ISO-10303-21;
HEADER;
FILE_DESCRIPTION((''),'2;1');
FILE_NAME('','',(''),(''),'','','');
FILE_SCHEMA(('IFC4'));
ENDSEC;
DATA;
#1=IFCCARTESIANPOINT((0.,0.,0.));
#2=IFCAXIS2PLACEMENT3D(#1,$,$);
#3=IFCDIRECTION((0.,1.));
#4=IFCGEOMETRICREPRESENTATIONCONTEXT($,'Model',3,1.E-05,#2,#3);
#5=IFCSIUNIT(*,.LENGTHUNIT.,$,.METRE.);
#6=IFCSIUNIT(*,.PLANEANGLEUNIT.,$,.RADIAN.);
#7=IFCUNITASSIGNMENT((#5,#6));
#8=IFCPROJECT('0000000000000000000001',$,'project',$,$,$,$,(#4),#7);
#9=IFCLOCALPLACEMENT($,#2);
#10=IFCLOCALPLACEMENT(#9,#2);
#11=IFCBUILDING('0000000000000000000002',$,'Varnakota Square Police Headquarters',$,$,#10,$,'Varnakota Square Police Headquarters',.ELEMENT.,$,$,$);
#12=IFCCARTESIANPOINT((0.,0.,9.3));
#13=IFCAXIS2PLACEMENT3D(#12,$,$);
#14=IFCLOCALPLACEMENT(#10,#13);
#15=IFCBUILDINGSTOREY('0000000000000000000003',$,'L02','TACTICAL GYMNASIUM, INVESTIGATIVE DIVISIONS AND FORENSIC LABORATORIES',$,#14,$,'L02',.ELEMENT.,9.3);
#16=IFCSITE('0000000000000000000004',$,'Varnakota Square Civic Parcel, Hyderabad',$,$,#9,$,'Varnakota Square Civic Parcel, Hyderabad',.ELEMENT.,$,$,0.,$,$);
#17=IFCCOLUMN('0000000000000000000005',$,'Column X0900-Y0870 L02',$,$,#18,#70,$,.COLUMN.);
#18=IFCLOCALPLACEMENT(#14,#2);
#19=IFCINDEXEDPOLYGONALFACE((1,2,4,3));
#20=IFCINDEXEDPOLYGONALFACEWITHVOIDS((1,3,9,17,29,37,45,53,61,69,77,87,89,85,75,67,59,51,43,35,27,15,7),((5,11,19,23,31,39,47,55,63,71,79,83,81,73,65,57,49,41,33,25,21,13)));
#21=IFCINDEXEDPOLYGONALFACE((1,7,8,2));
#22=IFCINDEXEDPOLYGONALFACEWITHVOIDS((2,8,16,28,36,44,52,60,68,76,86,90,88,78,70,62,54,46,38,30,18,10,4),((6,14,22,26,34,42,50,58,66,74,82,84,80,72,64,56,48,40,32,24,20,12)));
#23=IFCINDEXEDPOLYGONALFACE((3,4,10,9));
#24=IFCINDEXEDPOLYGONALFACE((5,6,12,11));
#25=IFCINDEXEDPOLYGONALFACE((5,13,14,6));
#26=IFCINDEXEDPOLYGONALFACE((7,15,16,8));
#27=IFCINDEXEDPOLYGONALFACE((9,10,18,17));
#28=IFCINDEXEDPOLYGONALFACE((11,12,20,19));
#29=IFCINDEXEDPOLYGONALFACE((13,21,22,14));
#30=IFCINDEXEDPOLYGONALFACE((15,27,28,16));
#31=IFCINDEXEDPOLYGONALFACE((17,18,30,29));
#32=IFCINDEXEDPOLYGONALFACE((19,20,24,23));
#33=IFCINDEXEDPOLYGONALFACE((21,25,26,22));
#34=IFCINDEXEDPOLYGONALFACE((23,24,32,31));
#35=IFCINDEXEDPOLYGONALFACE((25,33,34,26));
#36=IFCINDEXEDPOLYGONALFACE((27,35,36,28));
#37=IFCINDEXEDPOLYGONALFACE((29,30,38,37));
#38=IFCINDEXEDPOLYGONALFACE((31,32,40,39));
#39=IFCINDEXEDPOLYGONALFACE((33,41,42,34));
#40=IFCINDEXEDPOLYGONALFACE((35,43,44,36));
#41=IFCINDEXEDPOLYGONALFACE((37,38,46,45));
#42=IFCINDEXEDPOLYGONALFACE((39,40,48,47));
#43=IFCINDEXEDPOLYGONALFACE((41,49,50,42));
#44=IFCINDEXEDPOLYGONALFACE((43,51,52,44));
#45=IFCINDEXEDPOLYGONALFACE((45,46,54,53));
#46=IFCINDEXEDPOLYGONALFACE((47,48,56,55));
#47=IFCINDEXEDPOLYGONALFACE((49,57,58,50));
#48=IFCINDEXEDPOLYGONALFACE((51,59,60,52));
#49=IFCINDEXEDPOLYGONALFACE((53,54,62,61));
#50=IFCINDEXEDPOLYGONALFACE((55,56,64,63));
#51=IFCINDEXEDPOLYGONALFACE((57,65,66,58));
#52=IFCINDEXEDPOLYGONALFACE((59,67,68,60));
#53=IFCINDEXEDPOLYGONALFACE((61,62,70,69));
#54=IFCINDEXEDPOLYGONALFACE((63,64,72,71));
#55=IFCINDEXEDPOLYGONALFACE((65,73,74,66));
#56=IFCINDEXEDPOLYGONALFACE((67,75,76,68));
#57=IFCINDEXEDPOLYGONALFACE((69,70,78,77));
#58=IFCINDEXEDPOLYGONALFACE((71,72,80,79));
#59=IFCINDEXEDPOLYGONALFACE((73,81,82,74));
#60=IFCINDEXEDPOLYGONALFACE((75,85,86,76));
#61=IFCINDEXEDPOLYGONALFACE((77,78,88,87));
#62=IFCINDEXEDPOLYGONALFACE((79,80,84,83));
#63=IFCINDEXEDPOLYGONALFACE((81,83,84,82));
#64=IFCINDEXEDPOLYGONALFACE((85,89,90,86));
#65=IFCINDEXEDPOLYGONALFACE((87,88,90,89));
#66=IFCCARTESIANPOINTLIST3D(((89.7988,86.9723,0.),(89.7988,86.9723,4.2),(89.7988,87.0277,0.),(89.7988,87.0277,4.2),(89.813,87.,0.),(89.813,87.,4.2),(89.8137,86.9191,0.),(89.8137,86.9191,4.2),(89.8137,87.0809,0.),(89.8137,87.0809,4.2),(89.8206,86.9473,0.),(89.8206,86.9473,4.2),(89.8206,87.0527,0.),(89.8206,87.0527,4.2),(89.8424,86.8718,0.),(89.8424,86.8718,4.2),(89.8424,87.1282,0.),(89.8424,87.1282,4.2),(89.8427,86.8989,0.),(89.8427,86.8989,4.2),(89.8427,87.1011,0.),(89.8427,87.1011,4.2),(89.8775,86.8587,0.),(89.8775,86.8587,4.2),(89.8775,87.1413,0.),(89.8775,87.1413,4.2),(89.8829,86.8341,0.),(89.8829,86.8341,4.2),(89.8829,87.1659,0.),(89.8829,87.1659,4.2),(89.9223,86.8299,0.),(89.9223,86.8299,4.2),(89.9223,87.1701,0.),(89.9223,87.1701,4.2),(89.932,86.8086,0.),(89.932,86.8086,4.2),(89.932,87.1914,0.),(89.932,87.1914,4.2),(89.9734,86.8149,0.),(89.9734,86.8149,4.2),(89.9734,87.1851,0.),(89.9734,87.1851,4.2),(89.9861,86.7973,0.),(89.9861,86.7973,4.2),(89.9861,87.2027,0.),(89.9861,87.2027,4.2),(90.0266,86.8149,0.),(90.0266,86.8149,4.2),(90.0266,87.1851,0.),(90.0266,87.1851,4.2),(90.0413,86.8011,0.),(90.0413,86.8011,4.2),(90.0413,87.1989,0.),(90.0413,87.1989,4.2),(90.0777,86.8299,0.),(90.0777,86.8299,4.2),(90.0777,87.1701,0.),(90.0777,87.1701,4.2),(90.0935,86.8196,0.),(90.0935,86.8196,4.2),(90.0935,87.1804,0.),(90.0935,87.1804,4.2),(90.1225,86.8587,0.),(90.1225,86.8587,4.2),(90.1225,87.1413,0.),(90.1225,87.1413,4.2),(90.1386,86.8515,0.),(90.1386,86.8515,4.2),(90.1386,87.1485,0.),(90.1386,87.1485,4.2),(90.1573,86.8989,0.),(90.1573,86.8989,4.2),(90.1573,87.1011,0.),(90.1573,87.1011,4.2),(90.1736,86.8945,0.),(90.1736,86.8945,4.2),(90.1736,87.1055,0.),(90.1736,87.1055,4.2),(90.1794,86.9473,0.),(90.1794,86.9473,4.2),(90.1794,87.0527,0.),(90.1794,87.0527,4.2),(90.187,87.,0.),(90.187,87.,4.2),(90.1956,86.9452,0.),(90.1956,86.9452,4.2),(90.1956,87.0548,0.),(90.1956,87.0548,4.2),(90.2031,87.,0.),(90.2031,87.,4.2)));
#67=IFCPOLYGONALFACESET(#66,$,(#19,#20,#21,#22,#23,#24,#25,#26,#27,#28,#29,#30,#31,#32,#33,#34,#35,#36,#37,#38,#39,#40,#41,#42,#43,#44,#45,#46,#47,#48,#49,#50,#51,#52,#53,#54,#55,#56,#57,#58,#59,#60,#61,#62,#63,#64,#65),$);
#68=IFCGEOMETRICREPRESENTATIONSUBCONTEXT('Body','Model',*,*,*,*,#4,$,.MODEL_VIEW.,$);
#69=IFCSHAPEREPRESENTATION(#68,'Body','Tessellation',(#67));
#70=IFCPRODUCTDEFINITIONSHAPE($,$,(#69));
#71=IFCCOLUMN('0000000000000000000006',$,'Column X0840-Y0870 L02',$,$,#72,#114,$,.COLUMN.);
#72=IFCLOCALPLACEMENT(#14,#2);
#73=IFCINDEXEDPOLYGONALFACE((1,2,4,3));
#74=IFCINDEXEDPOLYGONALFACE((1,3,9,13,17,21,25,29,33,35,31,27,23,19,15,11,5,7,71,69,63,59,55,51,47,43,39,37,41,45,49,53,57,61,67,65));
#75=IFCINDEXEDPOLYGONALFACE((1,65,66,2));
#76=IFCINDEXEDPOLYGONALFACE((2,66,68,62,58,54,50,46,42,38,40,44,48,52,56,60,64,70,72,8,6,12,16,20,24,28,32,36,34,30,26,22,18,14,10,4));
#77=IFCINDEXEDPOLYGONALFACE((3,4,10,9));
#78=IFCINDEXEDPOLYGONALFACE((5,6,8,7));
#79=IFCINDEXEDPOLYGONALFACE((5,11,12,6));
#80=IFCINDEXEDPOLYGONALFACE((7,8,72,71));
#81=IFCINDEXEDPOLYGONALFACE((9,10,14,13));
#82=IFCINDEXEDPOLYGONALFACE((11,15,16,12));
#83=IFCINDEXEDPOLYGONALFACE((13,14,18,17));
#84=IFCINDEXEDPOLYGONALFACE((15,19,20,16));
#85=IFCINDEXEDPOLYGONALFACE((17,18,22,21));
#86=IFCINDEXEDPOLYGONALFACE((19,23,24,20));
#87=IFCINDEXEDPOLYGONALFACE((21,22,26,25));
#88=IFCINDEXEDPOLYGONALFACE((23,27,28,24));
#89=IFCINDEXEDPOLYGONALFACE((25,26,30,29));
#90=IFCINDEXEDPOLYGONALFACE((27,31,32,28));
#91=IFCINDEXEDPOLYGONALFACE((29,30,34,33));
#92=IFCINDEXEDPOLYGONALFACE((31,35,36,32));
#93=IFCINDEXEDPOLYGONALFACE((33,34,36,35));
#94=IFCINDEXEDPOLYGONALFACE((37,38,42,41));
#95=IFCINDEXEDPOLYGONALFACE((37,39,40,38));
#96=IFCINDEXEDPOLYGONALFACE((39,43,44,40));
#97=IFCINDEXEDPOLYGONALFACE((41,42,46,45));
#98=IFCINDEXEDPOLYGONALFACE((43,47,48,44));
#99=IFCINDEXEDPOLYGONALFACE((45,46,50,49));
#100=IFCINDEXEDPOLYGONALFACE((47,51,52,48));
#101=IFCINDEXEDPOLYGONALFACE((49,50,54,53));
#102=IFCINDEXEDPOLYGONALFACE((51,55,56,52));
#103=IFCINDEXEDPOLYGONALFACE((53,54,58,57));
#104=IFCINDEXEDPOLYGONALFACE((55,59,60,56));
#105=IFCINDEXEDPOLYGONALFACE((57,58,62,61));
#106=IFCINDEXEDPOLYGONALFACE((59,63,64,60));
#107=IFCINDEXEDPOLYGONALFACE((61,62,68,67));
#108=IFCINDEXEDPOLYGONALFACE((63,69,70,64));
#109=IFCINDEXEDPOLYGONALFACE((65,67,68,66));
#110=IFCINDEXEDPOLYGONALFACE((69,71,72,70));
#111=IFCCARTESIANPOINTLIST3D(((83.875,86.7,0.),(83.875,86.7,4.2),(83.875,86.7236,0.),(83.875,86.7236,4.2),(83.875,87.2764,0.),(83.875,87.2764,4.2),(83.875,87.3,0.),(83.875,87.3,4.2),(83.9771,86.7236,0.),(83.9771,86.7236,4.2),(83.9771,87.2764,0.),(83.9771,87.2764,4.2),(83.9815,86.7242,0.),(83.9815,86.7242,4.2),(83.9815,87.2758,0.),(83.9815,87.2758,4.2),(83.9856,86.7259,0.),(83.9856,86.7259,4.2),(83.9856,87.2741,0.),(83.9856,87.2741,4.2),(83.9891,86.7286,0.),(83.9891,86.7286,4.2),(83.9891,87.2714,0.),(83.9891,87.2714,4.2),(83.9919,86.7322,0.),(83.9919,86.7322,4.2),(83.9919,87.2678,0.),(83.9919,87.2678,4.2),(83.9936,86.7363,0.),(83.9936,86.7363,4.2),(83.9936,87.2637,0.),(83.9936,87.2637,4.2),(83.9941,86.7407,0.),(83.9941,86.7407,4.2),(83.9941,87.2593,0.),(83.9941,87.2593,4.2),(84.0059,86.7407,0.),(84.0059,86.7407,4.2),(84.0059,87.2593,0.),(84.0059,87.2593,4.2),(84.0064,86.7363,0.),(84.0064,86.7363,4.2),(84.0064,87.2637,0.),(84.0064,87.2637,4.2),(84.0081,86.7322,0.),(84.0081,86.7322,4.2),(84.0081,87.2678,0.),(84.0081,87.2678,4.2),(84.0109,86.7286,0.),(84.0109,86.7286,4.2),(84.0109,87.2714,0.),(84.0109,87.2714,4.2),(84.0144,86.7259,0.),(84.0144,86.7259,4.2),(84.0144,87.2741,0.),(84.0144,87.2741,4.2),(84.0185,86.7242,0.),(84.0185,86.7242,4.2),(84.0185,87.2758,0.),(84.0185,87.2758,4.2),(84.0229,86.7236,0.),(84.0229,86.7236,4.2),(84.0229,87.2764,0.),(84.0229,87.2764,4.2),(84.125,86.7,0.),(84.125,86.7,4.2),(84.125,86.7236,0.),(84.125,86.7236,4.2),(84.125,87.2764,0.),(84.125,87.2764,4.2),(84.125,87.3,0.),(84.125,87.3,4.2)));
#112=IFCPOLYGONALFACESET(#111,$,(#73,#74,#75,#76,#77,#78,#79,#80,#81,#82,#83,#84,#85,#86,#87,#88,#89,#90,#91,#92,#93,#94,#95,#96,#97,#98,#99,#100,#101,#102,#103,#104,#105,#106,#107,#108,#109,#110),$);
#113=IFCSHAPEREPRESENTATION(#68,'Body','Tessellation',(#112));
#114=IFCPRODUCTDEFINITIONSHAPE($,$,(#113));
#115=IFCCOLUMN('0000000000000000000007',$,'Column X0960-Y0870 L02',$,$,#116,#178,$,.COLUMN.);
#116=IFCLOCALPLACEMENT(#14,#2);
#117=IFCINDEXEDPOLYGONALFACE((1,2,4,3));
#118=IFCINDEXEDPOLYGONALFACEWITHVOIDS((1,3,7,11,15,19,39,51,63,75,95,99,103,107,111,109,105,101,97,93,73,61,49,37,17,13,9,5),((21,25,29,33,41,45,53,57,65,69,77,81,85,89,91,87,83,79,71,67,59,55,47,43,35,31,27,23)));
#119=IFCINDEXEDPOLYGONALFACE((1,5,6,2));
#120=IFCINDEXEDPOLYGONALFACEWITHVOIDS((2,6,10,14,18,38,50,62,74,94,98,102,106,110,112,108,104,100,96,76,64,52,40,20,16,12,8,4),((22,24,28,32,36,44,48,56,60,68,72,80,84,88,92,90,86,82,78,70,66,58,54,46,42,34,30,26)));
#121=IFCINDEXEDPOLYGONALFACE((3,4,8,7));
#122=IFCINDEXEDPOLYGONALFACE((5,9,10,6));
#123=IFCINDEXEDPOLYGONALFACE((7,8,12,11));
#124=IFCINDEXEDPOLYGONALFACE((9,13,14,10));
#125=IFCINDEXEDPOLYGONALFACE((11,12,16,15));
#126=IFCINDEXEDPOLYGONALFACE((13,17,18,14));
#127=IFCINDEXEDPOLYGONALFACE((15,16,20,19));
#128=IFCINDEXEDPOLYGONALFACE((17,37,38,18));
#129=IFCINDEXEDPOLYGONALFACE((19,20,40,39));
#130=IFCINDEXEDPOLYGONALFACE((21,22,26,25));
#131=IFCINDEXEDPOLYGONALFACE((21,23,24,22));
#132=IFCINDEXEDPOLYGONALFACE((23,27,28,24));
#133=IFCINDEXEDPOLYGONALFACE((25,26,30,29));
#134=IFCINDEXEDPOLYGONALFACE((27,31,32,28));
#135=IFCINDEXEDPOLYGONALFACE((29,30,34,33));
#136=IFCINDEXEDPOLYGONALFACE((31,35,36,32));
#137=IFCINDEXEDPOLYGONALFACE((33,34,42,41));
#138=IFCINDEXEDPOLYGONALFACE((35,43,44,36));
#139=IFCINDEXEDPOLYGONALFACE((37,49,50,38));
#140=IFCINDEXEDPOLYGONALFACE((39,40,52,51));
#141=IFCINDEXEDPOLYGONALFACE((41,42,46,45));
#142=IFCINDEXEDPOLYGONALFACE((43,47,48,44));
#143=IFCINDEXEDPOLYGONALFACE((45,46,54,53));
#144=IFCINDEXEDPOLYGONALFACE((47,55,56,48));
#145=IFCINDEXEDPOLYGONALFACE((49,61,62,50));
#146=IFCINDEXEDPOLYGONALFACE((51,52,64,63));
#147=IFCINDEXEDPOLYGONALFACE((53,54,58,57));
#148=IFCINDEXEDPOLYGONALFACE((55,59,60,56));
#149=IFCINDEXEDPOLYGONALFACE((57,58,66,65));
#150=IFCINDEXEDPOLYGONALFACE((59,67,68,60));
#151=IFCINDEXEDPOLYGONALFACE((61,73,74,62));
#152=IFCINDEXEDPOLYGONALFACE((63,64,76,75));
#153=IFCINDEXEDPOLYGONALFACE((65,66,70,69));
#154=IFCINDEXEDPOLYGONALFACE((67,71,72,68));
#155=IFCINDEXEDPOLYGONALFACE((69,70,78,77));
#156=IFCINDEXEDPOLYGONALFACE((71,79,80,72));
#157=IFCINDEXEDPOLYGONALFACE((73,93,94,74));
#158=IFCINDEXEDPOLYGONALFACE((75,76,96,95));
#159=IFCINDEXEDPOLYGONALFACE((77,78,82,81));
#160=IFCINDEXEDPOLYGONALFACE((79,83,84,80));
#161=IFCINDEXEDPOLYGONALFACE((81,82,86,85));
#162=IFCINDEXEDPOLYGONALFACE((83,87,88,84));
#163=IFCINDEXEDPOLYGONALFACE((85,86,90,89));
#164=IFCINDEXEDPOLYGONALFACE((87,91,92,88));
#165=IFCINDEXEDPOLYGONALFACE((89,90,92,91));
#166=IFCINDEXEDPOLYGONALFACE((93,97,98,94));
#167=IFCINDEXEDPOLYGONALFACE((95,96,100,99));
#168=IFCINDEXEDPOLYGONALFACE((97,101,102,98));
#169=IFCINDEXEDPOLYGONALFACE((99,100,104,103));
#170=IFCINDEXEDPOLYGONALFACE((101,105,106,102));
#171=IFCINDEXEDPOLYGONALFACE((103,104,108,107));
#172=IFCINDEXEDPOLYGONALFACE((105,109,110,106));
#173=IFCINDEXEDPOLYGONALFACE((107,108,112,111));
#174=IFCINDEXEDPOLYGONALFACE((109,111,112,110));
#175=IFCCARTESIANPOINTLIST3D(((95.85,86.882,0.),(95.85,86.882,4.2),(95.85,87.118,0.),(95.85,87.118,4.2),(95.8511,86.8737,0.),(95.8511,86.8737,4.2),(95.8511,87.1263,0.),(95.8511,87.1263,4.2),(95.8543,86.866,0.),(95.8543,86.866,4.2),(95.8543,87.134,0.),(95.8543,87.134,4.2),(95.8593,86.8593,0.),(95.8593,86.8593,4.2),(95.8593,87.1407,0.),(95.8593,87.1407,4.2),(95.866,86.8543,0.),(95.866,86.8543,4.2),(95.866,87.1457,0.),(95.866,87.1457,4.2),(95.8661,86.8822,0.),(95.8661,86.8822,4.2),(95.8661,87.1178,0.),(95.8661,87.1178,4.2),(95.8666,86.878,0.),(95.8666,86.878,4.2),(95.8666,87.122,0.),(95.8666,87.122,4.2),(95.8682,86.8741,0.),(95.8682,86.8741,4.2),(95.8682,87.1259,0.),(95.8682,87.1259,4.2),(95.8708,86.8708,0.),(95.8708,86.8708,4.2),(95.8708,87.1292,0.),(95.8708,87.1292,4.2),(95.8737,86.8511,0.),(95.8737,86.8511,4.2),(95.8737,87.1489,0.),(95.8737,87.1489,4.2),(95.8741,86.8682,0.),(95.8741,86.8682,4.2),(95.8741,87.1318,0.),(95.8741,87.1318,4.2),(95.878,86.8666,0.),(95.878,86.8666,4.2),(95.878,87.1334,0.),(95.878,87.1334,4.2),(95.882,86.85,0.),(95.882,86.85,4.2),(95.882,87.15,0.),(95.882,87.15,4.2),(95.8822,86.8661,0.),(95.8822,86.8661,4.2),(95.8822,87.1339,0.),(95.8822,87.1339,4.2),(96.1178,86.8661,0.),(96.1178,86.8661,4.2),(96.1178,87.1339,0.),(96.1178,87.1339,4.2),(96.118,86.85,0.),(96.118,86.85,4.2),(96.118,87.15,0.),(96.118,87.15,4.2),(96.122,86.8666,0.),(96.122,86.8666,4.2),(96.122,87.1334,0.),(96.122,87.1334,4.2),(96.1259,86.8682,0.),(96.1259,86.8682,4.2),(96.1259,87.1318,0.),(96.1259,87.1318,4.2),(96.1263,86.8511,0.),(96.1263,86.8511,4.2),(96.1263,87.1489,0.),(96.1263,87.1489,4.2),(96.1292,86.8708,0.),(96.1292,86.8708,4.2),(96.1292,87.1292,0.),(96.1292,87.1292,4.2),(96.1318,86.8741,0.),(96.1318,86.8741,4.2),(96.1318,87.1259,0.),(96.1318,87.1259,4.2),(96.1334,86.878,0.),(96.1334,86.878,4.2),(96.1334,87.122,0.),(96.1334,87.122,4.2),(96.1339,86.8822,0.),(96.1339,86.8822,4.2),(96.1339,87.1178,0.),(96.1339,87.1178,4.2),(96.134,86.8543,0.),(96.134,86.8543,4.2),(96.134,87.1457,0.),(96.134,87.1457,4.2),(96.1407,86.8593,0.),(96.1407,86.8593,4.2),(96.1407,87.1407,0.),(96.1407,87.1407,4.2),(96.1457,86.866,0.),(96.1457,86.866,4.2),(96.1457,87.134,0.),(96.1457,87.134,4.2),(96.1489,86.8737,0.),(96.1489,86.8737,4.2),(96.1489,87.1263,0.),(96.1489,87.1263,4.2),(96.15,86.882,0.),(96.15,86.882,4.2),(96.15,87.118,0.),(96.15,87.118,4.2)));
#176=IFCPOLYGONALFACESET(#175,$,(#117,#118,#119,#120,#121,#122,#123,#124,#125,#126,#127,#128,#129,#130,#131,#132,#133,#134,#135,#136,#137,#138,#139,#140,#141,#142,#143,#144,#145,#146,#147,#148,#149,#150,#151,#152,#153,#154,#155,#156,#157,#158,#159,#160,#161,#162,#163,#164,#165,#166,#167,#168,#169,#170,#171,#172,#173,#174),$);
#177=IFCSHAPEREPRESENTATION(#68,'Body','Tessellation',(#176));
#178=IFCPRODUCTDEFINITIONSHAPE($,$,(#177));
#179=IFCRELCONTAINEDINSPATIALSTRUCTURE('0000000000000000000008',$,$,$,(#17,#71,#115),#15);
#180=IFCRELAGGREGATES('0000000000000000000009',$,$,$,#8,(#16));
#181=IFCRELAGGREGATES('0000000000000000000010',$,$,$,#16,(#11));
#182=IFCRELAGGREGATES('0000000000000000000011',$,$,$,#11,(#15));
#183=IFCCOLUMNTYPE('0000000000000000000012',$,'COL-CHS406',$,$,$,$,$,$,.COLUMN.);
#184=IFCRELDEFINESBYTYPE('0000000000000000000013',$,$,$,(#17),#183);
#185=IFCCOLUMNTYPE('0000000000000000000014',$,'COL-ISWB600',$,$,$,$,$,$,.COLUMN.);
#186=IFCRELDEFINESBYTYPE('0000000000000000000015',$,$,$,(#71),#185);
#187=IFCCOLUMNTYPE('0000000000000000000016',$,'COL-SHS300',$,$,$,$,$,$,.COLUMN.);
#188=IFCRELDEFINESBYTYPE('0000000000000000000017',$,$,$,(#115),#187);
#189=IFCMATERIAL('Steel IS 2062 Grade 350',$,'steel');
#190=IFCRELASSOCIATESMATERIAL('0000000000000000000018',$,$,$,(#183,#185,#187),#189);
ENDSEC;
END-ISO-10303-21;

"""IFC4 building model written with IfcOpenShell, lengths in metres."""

from ifc_helpers import new_model, si_unit, direction, frame, origin, origin_2d, place, context, subcontext, project, spatial, hollow_rectangle, hollow_circle, i_section, extrude, material, material_profile, profile_set, type_object, element, save


model = new_model("IFC4")

# Units and contexts
model_context = context("Model", 3, precision=1e-05, world=origin(), true_north=direction((0.0, 1.0)))
body_context = subcontext(model_context, "Body", "Model", "MODEL_VIEW")
ifc_project = project(units=[si_unit("LENGTHUNIT", "METRE"), si_unit("PLANEANGLEUNIT", "RADIAN")], contexts=[model_context])

# Site, building, storey
site_placement = place(None, origin())
site = spatial("IfcSite", under=ifc_project, at=site_placement, Name="Varnakota Square Civic Parcel, Hyderabad", LongName="Varnakota Square Civic Parcel, Hyderabad", CompositionType="ELEMENT", RefElevation=0.0)
building_placement = place(site_placement, origin())
building = spatial("IfcBuilding", under=site, at=building_placement, Name="Varnakota Square Police Headquarters", LongName="Varnakota Square Police Headquarters", CompositionType="ELEMENT")
storey_placement = place(building_placement, frame((0.0, 0.0, 9.3)))
storey = spatial("IfcBuildingStorey", under=building, at=storey_placement, Name="L02", Description="TACTICAL GYMNASIUM, INVESTIGATIVE DIVISIONS AND FORENSIC LABORATORIES", LongName="L02", CompositionType="ELEMENT", Elevation=9.3)

# Columns
ifc_material_1 = material(Name="Steel IS 2062 Grade 350", Category="steel")
ifc_material_profile_1 = material_profile(ifc_material_1, hollow_circle(Radius=0.2031, WallThickness=0.0161, at=origin_2d()), Name="CHS 406.4x16.0")
ifc_profile_set_1 = profile_set([ifc_material_profile_1], Name="Steel IS 2062 Grade 350")
column_type_1 = type_object("IfcColumnType", Name="COL-CHS406", PredefinedType="COLUMN", material=ifc_profile_set_1)
column_1_placement = place(storey_placement, frame((90.0, 87.0, 0.0), z_axis=(0.0, 0.0, 1.0), x_axis=(1.0, 0.0, 0.0)))
element("IfcColumn", 1, at=column_1_placement, inside=storey, type_object=column_type_1, Name="Column X0900-Y0870 L02", PredefinedType="COLUMN", context=body_context, shape_type="SweptSolid", body=[
    extrude(hollow_circle(Radius=0.2031, WallThickness=0.0161, at=origin_2d()), origin(), (0.0, 0.0, 1.0), 4.2),
])
ifc_material_profile_2 = material_profile(ifc_material_1, i_section(OverallWidth=0.25, OverallDepth=0.6001, WebThickness=0.0117, FlangeThickness=0.0237, FilletRadius=0.0171, at=origin_2d()), Name="ISWB 600")
ifc_profile_set_2 = profile_set([ifc_material_profile_2], Name="Steel IS 2062 Grade 350")
column_type_2 = type_object("IfcColumnType", Name="COL-ISWB600", PredefinedType="COLUMN", material=ifc_profile_set_2)
column_2_placement = place(storey_placement, frame((84.0, 87.0, 0.0), z_axis=(0.0, 0.0, 1.0), x_axis=(1.0, 0.0, 0.0)))
element("IfcColumn", 2, at=column_2_placement, inside=storey, type_object=column_type_2, Name="Column X0840-Y0870 L02", PredefinedType="COLUMN", context=body_context, shape_type="SweptSolid", body=[
    extrude(i_section(OverallWidth=0.25, OverallDepth=0.6001, WebThickness=0.0117, FlangeThickness=0.0237, FilletRadius=0.0171, at=origin_2d()), origin(), (0.0, 0.0, 1.0), 4.2),
])
ifc_material_profile_3 = material_profile(ifc_material_1, hollow_rectangle(XDim=0.3, YDim=0.3, WallThickness=0.0161, InnerFilletRadius=0.0161, OuterFilletRadius=0.032, at=origin_2d()), Name="SHS 300x300x16")
ifc_profile_set_3 = profile_set([ifc_material_profile_3], Name="Steel IS 2062 Grade 350")
column_type_3 = type_object("IfcColumnType", Name="COL-SHS300", PredefinedType="COLUMN", material=ifc_profile_set_3)
column_3_placement = place(storey_placement, frame((96.0, 87.0, 0.0), z_axis=(0.0, 0.0, 1.0), x_axis=(1.0, 0.0, 0.0)))
element("IfcColumn", 3, at=column_3_placement, inside=storey, type_object=column_type_3, Name="Column X0960-Y0870 L02", PredefinedType="COLUMN", context=body_context, shape_type="SweptSolid", body=[
    extrude(hollow_rectangle(XDim=0.3, YDim=0.3, WallThickness=0.0161, InnerFilletRadius=0.0161, OuterFilletRadius=0.032, at=origin_2d()), origin(), (0.0, 0.0, 1.0), 4.2),
])

save(model, "model.ifc")
